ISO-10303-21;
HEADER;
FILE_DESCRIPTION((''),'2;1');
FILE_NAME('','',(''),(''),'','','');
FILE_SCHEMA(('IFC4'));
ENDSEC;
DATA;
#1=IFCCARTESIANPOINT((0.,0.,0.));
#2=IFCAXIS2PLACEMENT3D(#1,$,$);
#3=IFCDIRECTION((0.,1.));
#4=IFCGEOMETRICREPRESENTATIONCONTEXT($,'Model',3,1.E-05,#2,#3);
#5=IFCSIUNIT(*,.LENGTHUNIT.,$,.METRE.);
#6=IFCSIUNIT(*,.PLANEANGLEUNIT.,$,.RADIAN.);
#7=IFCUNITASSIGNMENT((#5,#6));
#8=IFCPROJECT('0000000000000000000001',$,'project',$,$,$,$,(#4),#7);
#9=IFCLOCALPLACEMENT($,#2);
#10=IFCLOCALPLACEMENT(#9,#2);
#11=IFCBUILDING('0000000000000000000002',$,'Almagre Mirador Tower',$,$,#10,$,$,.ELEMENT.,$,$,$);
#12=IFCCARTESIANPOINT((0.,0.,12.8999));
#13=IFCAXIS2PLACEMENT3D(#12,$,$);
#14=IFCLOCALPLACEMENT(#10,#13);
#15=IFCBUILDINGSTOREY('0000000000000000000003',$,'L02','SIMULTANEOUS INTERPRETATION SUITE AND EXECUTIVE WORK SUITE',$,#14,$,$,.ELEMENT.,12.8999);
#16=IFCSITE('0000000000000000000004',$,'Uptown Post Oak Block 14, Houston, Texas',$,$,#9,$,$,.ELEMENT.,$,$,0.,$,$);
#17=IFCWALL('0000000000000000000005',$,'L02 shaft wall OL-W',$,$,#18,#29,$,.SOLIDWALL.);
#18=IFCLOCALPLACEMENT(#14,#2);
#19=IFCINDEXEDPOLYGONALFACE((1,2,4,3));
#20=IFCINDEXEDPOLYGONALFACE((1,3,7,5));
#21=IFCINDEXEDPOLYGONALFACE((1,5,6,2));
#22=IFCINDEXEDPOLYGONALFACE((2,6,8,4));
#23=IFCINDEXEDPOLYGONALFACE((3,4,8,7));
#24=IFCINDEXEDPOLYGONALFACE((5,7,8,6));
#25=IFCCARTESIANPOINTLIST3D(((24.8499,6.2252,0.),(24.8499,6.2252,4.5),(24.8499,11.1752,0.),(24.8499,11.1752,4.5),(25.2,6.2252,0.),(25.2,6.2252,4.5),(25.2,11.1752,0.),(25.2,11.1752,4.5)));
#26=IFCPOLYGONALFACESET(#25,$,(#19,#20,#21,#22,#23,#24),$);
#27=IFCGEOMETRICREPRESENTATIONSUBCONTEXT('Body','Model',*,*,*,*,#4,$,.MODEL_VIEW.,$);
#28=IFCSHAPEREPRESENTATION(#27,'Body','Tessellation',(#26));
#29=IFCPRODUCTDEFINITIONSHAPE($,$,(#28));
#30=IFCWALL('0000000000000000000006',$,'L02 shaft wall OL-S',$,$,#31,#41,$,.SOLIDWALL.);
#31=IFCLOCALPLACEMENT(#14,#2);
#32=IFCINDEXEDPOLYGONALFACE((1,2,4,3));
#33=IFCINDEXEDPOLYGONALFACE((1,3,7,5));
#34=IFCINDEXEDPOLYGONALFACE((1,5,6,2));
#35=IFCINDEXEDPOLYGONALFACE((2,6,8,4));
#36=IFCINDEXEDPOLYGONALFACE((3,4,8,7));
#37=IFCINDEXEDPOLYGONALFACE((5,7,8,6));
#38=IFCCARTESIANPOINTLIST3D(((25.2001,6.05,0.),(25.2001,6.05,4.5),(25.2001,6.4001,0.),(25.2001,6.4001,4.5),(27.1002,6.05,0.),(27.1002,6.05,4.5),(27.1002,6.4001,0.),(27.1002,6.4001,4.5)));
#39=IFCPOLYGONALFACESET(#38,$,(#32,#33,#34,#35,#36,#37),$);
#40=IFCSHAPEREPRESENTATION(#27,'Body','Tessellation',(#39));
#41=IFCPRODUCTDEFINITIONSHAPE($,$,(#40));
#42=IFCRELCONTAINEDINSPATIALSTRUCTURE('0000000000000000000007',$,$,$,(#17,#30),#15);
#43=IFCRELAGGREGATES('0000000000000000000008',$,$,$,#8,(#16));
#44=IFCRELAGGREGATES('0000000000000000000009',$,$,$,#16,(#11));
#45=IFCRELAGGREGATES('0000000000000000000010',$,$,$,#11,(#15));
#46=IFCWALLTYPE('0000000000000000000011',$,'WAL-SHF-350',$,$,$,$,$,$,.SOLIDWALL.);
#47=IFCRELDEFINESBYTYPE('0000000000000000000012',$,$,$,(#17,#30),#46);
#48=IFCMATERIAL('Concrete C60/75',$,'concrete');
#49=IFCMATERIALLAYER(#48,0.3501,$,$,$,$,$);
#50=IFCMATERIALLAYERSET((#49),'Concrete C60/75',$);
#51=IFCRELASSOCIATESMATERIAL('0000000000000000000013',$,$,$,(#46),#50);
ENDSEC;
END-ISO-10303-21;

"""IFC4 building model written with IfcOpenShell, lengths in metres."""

from ifc_helpers import new_model, si_unit, direction, frame, frame_2d, origin, place, context, subcontext, project, spatial, rectangle, extrude, material, layer, layer_set, type_object, element, save


model = new_model("IFC4")

# Units and contexts
model_context = context("Model", 3, precision=1e-05, world=origin(), true_north=direction((0.0, 1.0)))
body_context = subcontext(model_context, "Body", "Model", "MODEL_VIEW")
ifc_project = project(units=[si_unit("LENGTHUNIT", "METRE"), si_unit("PLANEANGLEUNIT", "RADIAN")], contexts=[model_context])

# Site, building, storey
site_placement = place(None, origin())
site = spatial("IfcSite", under=ifc_project, at=site_placement, Name="Uptown Post Oak Block 14, Houston, Texas", CompositionType="ELEMENT", RefElevation=0.0)
building_placement = place(site_placement, origin())
building = spatial("IfcBuilding", under=site, at=building_placement, Name="Almagre Mirador Tower", CompositionType="ELEMENT")
storey_placement = place(building_placement, frame((0.0, 0.0, 12.8999)))
storey = spatial("IfcBuildingStorey", under=building, at=storey_placement, Name="L02", Description="SIMULTANEOUS INTERPRETATION SUITE AND EXECUTIVE WORK SUITE", CompositionType="ELEMENT", Elevation=12.8999)

# Walls
ifc_material_1 = material(Name="Concrete C60/75", Category="concrete")
ifc_layer_1 = layer(ifc_material_1, 0.3501)
ifc_layer_set_1 = layer_set([ifc_layer_1], Name="Concrete C60/75")
wall_type_1 = type_object("IfcWallType", Name="WAL-SHF-350", PredefinedType="SOLIDWALL", material=ifc_layer_set_1)
wall_1_placement = place(storey_placement, frame((25.0249, 6.2251, 0.0), z_axis=(0.0, 0.0, 1.0), x_axis=(0.0, 1.0, 0.0)))
element("IfcWall", 1, at=wall_1_placement, inside=storey, type_object=wall_type_1, Name="L02 shaft wall OL-W", PredefinedType="SOLIDWALL", context=body_context, shape_type="SweptSolid", body=[
    extrude(rectangle(XDim=4.95, YDim=0.3501, at=frame_2d((2.4751, 0.0))), origin(), (0.0, 0.0, 1.0), 4.5),
])
wall_2_placement = place(storey_placement, frame((25.2, 6.2251, 0.0), z_axis=(0.0, 0.0, 1.0), x_axis=(1.0, 0.0, 0.0)))
element("IfcWall", 2, at=wall_2_placement, inside=storey, type_object=wall_type_1, Name="L02 shaft wall OL-S", PredefinedType="SOLIDWALL", context=body_context, shape_type="SweptSolid", body=[
    extrude(rectangle(XDim=1.9001, YDim=0.3501, at=frame_2d((0.9502, 0.0))), origin(), (0.0, 0.0, 1.0), 4.5),
])

save(model, "model.ifc")
